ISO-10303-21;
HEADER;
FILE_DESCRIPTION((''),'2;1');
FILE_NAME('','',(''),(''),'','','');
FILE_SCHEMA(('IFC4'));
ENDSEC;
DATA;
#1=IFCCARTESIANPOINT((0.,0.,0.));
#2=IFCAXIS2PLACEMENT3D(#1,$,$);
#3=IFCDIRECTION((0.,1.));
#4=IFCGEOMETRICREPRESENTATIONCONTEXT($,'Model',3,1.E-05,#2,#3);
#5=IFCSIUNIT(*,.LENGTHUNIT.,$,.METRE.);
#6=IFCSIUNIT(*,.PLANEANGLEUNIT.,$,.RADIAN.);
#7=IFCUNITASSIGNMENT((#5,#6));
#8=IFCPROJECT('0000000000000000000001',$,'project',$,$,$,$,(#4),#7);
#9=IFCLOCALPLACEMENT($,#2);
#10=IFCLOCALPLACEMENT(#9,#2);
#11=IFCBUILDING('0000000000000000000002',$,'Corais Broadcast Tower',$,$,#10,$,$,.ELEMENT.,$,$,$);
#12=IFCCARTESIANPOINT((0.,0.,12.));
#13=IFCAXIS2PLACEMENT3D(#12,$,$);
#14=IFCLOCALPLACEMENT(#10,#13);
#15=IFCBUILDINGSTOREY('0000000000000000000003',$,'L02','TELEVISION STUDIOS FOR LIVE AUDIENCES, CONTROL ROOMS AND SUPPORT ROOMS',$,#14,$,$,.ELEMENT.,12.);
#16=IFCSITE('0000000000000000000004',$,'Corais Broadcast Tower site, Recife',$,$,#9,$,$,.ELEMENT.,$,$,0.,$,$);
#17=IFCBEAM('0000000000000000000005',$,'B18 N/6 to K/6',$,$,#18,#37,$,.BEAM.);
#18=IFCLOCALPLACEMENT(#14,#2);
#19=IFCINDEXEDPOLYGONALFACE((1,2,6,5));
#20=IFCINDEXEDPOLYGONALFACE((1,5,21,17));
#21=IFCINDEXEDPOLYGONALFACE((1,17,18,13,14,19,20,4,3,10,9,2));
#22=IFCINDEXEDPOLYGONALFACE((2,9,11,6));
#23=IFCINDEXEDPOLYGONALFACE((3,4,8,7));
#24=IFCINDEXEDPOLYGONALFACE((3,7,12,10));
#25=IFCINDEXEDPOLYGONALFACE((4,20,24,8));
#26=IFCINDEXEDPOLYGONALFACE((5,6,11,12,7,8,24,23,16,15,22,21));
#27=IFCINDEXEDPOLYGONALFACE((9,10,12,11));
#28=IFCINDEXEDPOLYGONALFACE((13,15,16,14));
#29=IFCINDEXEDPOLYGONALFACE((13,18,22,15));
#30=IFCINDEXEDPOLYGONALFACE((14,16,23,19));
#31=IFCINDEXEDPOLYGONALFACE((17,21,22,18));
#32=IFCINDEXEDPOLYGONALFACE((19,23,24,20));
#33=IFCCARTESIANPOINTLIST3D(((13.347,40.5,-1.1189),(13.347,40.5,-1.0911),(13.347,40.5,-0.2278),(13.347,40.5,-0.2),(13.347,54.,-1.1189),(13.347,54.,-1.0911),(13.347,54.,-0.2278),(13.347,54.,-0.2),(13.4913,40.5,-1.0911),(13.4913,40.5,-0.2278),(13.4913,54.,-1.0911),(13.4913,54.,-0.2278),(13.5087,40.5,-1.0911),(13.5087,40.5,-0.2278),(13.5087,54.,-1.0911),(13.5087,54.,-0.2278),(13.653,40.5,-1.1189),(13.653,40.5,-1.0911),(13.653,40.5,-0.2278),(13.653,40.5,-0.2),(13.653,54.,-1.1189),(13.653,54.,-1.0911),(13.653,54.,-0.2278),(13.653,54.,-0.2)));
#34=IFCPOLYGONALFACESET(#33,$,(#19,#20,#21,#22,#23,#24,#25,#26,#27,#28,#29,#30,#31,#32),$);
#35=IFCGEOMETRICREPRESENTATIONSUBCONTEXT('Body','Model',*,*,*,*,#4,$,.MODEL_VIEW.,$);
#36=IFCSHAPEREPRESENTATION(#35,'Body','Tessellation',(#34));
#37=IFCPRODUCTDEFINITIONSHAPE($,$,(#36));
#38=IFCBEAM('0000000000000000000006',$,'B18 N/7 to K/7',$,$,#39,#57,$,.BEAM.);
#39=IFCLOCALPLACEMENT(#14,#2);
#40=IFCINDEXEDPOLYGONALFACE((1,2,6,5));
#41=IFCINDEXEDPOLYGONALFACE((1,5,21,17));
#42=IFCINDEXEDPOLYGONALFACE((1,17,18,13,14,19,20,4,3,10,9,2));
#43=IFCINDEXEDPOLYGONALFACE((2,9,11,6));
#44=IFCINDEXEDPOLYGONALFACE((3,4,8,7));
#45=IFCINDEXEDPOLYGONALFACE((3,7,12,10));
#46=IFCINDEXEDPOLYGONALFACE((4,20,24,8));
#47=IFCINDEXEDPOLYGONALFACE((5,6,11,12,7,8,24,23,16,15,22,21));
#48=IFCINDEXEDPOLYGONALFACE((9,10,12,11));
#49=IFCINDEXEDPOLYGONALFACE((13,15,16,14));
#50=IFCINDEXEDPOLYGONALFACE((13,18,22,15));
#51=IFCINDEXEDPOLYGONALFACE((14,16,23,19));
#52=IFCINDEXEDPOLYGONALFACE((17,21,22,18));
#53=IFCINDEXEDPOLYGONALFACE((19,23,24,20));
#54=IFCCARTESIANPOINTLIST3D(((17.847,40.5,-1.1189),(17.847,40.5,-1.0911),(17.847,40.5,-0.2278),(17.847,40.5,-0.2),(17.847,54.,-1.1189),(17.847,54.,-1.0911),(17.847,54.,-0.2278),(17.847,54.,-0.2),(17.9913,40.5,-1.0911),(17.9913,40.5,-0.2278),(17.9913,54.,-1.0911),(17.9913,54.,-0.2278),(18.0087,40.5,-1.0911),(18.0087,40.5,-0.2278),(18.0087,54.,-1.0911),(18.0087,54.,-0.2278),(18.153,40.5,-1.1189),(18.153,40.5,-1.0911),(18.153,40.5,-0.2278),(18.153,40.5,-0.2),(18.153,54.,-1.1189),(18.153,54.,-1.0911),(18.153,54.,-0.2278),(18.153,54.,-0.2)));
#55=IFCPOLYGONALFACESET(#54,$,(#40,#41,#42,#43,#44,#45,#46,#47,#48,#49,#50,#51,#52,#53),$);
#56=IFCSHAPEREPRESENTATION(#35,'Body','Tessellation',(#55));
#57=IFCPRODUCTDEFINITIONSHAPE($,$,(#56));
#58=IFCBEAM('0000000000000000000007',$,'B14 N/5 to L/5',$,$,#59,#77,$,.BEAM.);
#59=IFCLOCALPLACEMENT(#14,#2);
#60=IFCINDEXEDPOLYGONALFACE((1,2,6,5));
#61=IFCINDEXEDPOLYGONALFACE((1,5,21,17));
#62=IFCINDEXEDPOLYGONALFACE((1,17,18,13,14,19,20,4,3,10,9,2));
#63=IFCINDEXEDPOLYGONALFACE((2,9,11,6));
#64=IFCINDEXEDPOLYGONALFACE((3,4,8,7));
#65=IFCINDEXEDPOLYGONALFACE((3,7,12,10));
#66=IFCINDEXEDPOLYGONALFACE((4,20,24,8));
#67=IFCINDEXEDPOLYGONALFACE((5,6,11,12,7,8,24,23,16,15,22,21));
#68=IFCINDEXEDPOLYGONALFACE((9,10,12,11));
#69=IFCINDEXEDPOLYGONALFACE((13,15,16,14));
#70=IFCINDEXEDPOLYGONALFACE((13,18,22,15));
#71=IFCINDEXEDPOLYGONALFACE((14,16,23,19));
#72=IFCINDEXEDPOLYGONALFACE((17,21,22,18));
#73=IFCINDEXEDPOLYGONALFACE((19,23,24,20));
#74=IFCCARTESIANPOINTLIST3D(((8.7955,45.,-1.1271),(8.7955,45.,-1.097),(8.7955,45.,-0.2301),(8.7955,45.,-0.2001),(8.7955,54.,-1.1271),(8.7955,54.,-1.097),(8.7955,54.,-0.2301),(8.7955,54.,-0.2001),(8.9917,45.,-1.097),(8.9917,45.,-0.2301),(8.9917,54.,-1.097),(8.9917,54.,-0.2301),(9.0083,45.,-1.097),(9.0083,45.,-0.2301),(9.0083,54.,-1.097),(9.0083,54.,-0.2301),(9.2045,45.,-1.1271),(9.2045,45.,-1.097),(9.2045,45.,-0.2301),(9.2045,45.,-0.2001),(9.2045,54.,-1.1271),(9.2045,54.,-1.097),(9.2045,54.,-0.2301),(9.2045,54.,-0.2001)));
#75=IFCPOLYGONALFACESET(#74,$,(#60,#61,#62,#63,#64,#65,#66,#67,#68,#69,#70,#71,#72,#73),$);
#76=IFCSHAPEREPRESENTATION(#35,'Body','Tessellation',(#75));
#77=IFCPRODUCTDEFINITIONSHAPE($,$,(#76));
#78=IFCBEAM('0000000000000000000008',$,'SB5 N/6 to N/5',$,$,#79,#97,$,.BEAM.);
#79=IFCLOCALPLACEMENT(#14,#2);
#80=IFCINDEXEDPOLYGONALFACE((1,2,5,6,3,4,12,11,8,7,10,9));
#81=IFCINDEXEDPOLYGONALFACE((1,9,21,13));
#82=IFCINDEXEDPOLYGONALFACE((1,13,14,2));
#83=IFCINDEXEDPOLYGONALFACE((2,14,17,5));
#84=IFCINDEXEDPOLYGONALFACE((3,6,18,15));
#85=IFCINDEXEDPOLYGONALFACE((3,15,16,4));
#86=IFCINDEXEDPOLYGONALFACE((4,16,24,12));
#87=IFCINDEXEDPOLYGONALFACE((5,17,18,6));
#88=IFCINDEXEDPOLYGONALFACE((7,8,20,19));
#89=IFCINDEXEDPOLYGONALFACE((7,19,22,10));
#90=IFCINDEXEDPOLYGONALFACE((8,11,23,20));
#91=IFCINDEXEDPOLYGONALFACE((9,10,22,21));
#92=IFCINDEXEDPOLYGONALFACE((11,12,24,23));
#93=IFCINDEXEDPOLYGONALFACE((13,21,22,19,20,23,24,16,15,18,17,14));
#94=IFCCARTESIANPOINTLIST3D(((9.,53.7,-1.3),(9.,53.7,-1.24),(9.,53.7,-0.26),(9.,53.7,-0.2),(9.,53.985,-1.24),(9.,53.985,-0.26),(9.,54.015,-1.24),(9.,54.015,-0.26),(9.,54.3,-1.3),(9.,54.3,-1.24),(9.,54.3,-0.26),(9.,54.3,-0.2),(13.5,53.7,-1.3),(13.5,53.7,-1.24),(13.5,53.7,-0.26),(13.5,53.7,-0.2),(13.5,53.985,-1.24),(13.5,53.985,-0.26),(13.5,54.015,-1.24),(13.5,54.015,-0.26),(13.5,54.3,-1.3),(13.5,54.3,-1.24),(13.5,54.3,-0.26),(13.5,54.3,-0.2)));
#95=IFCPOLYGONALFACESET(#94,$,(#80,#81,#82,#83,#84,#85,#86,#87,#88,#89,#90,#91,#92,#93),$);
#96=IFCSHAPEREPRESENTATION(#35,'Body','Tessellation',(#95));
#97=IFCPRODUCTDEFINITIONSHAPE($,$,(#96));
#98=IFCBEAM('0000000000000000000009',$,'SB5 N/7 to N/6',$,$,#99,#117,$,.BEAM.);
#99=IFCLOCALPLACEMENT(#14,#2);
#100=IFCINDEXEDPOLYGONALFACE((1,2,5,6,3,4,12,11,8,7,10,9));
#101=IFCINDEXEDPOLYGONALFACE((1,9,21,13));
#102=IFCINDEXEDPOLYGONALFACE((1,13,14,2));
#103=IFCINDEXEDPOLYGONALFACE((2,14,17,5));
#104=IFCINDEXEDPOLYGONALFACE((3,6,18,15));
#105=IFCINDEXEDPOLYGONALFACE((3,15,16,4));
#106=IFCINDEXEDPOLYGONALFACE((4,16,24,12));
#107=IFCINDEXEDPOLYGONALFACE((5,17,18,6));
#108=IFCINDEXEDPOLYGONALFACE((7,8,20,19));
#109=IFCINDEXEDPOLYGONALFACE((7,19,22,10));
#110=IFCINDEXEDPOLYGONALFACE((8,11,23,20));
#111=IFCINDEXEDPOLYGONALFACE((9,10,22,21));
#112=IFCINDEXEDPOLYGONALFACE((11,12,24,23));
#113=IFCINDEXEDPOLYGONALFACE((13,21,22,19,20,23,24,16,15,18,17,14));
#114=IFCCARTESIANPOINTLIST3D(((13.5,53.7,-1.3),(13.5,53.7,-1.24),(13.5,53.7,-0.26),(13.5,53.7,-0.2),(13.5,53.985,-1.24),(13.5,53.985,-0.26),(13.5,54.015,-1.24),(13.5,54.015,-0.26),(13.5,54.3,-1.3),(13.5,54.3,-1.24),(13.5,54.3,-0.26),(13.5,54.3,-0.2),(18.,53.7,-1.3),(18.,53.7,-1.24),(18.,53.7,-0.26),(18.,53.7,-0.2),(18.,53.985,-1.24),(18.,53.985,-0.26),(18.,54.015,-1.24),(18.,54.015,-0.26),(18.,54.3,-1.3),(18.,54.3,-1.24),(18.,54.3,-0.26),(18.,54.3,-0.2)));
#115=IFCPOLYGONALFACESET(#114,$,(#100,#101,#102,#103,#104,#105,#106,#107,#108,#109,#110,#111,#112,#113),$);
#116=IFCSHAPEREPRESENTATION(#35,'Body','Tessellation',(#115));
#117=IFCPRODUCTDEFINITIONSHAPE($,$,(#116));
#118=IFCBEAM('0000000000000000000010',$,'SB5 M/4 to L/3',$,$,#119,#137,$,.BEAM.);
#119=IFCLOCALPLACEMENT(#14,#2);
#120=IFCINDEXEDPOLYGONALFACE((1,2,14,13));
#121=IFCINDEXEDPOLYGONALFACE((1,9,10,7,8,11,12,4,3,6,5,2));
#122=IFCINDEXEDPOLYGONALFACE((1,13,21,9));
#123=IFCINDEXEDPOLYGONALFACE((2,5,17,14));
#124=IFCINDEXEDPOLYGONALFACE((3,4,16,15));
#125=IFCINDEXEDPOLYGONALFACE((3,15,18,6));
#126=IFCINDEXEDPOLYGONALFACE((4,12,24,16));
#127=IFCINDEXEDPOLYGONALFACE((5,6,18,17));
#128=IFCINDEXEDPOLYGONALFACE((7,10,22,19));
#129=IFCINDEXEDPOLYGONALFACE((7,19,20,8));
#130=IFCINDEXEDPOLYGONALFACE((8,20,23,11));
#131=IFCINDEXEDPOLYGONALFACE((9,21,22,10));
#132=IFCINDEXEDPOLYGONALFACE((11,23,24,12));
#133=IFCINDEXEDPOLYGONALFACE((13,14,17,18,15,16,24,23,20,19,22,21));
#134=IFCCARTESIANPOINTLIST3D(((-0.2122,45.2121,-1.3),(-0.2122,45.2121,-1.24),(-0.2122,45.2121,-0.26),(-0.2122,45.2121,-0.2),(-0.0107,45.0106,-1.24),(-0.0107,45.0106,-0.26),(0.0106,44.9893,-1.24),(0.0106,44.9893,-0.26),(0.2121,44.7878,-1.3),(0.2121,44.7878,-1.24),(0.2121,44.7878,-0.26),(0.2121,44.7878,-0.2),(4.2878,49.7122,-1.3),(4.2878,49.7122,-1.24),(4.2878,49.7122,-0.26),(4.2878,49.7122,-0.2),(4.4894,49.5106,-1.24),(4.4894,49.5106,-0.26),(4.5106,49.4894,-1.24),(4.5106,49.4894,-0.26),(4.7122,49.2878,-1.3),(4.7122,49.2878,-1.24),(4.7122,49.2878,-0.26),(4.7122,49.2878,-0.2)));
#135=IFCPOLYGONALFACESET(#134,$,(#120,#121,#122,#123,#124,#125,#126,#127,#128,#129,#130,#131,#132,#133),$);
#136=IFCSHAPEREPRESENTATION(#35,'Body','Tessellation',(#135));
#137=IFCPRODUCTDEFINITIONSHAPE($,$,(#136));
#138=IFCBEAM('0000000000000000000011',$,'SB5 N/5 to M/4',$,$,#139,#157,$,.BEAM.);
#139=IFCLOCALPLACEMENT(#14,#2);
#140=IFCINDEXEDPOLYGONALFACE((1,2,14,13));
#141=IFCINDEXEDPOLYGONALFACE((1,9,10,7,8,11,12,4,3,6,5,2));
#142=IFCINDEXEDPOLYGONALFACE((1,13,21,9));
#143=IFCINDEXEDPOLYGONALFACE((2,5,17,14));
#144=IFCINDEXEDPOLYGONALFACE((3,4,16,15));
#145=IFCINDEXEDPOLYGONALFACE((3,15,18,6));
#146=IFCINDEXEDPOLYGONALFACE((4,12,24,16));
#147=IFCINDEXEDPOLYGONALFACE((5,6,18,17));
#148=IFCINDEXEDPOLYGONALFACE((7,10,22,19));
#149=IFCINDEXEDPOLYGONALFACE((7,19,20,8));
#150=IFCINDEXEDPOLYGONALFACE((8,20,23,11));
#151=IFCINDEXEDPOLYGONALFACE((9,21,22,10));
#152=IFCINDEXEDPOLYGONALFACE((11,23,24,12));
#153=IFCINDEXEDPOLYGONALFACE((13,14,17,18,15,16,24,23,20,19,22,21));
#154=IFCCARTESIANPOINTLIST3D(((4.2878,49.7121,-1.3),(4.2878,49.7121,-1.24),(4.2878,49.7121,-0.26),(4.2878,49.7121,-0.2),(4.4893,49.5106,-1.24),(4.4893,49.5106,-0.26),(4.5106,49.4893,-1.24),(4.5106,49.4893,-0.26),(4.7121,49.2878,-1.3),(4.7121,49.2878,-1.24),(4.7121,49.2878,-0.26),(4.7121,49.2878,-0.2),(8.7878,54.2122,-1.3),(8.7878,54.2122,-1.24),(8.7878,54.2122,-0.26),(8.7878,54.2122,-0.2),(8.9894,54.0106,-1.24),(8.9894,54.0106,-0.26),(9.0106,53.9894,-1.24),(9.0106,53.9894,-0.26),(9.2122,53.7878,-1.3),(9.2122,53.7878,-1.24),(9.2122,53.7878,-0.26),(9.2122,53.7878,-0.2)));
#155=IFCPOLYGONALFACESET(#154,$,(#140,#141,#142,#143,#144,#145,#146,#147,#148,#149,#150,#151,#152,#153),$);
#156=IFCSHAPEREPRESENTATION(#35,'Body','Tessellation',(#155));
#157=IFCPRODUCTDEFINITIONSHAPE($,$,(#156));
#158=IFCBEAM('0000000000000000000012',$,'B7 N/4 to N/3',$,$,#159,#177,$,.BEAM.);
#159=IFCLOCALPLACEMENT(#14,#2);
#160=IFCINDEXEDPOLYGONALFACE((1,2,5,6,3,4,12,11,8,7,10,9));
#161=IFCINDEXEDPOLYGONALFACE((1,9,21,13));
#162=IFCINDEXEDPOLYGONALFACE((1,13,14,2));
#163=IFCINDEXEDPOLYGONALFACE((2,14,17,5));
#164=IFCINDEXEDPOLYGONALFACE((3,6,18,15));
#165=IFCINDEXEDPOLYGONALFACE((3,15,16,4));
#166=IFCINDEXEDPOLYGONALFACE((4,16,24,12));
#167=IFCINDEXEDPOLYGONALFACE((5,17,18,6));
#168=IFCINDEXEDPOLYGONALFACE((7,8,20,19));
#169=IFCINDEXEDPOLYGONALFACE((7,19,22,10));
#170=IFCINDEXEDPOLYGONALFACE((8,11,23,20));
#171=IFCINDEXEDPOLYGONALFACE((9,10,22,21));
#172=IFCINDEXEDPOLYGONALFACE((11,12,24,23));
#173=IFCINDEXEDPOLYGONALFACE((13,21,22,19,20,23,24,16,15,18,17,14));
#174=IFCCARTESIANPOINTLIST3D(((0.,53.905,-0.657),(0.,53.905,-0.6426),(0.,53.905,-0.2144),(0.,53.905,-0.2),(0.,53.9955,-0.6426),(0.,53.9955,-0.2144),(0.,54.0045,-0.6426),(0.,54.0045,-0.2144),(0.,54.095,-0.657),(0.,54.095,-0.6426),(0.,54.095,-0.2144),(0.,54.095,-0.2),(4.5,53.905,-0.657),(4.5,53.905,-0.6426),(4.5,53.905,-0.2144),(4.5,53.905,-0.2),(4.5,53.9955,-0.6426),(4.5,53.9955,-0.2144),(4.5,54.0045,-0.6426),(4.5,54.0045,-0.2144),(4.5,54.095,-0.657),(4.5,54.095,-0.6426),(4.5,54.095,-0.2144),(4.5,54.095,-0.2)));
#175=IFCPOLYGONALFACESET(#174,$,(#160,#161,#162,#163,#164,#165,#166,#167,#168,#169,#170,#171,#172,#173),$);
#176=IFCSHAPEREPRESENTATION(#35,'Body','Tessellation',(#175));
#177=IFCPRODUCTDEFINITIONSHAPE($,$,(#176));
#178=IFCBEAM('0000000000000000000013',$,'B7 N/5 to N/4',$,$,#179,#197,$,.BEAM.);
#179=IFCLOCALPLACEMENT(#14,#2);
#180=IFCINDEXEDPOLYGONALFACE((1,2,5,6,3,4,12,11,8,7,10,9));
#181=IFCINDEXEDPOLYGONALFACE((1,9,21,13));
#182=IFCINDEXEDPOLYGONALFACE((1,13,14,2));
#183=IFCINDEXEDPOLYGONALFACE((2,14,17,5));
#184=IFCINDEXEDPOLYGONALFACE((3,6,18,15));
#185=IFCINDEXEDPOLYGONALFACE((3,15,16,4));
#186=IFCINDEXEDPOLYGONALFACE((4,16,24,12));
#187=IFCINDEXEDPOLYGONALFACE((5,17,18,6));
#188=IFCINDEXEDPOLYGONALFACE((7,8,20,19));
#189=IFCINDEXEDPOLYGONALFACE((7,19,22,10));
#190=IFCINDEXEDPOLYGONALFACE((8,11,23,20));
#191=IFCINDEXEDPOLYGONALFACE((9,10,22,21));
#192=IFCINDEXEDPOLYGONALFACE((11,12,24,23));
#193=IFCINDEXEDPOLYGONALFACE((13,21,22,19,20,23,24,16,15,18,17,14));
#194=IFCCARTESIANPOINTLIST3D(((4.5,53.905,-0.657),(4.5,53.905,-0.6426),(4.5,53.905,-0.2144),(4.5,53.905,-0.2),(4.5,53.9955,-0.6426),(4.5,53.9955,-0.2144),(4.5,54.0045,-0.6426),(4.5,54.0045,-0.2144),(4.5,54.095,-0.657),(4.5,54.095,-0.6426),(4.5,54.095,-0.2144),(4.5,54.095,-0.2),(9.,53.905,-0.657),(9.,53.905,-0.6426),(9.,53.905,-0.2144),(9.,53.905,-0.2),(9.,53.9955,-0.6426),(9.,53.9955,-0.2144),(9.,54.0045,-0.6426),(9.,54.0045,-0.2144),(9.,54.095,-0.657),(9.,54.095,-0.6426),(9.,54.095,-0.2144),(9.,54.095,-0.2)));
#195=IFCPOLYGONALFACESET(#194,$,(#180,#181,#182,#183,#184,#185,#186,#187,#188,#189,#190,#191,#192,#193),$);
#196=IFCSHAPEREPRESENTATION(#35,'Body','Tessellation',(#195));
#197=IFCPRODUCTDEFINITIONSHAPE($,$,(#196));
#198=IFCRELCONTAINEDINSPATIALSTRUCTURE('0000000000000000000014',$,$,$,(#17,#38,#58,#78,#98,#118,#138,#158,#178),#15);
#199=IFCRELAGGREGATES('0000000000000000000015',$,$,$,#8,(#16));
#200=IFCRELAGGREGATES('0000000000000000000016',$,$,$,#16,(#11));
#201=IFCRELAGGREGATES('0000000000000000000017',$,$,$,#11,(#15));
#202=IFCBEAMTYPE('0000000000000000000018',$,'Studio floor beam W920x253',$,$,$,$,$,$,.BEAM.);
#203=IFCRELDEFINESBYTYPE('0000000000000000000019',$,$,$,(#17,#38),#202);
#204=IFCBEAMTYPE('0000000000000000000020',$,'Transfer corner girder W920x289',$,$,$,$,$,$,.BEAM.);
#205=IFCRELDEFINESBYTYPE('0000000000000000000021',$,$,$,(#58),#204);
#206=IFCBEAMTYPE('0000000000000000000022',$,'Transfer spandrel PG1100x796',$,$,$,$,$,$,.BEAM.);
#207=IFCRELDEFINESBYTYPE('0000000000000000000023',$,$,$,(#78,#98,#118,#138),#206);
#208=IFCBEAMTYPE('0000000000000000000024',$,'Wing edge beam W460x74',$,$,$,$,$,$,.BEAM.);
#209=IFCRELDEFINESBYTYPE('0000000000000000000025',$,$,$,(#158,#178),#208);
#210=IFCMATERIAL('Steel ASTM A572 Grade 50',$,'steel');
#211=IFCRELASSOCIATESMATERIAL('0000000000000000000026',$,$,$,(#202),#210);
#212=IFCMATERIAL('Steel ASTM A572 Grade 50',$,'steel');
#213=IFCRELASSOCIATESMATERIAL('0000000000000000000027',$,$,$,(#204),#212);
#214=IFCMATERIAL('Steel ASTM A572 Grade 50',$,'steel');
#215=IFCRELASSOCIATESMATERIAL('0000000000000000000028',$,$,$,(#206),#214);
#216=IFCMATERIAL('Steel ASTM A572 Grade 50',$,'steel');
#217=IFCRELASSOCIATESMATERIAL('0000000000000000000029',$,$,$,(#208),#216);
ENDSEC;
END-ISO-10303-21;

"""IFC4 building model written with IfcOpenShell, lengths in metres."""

from ifc_helpers import new_model, si_unit, direction, frame, origin, origin_2d, place, context, subcontext, project, spatial, i_section, extrude, material, material_profile, profile_set, type_object, element, save


model = new_model("IFC4")

# Units and contexts
model_context = context("Model", 3, precision=1e-05, world=origin(), true_north=direction((0.0, 1.0)))
body_context = subcontext(model_context, "Body", "Model", "MODEL_VIEW")
ifc_project = project(units=[si_unit("LENGTHUNIT", "METRE"), si_unit("PLANEANGLEUNIT", "RADIAN")], contexts=[model_context])

# Site, building, storey
site_placement = place(None, origin())
site = spatial("IfcSite", under=ifc_project, at=site_placement, Name="Corais Broadcast Tower site, Recife", CompositionType="ELEMENT", RefElevation=0.0)
building_placement = place(site_placement, origin())
building = spatial("IfcBuilding", under=site, at=building_placement, Name="Corais Broadcast Tower", CompositionType="ELEMENT")
storey_placement = place(building_placement, frame((0.0, 0.0, 12.0)))
storey = spatial("IfcBuildingStorey", under=building, at=storey_placement, Name="L02", Description="TELEVISION STUDIOS FOR LIVE AUDIENCES, CONTROL ROOMS AND SUPPORT ROOMS", CompositionType="ELEMENT", Elevation=12.0)

# Beams
ifc_material_1 = material(Name="Steel ASTM A572 Grade 50", Category="steel")
ifc_material_profile_1 = material_profile(ifc_material_1, i_section(OverallWidth=0.3059, OverallDepth=0.9189, WebThickness=0.0173, FlangeThickness=0.0278, at=origin_2d()), Name="W920x253")
ifc_profile_set_1 = profile_set([ifc_material_profile_1], Name="Steel ASTM A572 Grade 50")
beam_type_1 = type_object("IfcBeamType", Name="Studio floor beam W920x253", PredefinedType="BEAM", material=ifc_profile_set_1)
for number, where, z_axis, x_axis, name in (
    (1, (13.5, 54.0, -0.6594), (0.0, -1.0, 0.0), (1.0, 0.0, 0.0), "B18 N/6 to K/6"),
    (2, (18.0, 54.0, -0.6594), (0.0, -1.0, 0.0), (1.0, 0.0, 0.0), "B18 N/7 to K/7"),
):
    element("IfcBeam", number, at=place(storey_placement, frame(where, z_axis=z_axis, x_axis=x_axis)), inside=storey, type_object=beam_type_1, Name=name, PredefinedType="BEAM", context=body_context, shape_type="SweptSolid", body=[
        extrude(i_section(OverallWidth=0.3059, OverallDepth=0.9189, WebThickness=0.0173, FlangeThickness=0.0278, at=origin_2d()), origin(), (0.0, 0.0, 1.0), 13.5),
    ])
ifc_material_2 = material(Name="Steel ASTM A572 Grade 50", Category="steel")
ifc_material_profile_2 = material_profile(ifc_material_2, i_section(OverallWidth=0.4089, OverallDepth=0.927, WebThickness=0.0166, FlangeThickness=0.03, at=origin_2d()), Name="W920x289")
ifc_profile_set_2 = profile_set([ifc_material_profile_2], Name="Steel ASTM A572 Grade 50")
beam_type_2 = type_object("IfcBeamType", Name="Transfer corner girder W920x289", PredefinedType="BEAM", material=ifc_profile_set_2)
beam_1_placement = place(storey_placement, frame((9.0, 54.0, -0.6636), z_axis=(0.0, -1.0, 0.0), x_axis=(1.0, 0.0, 0.0)))
element("IfcBeam", 3, at=beam_1_placement, inside=storey, type_object=beam_type_2, Name="B14 N/5 to L/5", PredefinedType="BEAM", context=body_context, shape_type="SweptSolid", body=[
    extrude(i_section(OverallWidth=0.4089, OverallDepth=0.927, WebThickness=0.0166, FlangeThickness=0.03, at=origin_2d()), origin(), (0.0, 0.0, 1.0), 9.0),
])
ifc_material_3 = material(Name="Steel ASTM A572 Grade 50", Category="steel")
ifc_material_profile_3 = material_profile(ifc_material_3, i_section(OverallWidth=0.6001, OverallDepth=1.1001, WebThickness=0.03, FlangeThickness=0.0601, at=origin_2d()), Name="PG1100x796")
ifc_profile_set_3 = profile_set([ifc_material_profile_3], Name="Steel ASTM A572 Grade 50")
beam_type_3 = type_object("IfcBeamType", Name="Transfer spandrel PG1100x796", PredefinedType="BEAM", material=ifc_profile_set_3)
for number, where, z_axis, x_axis, name in (
    (4, (13.5, 54.0, -0.75), (-1.0, 0.0, 0.0), (0.0, -1.0, 0.0), "SB5 N/6 to N/5"),
    (5, (18.0, 54.0, -0.75), (-1.0, 0.0, 0.0), (0.0, -1.0, 0.0), "SB5 N/7 to N/6"),
):
    element("IfcBeam", number, at=place(storey_placement, frame(where, z_axis=z_axis, x_axis=x_axis)), inside=storey, type_object=beam_type_3, Name=name, PredefinedType="BEAM", context=body_context, shape_type="SweptSolid", body=[
        extrude(i_section(OverallWidth=0.6001, OverallDepth=1.1001, WebThickness=0.03, FlangeThickness=0.0601, at=origin_2d()), origin(), (0.0, 0.0, 1.0), 4.5),
    ])
for number, where, z_axis, x_axis, name in (
    (6, (4.5, 49.5, -0.75), (-0.707107, -0.707107, 0.0), (0.707107, -0.707107, 0.0), "SB5 M/4 to L/3"),
    (7, (9.0, 54.0, -0.75), (-0.707107, -0.707107, 0.0), (0.707107, -0.707107, 0.0), "SB5 N/5 to M/4"),
):
    element("IfcBeam", number, at=place(storey_placement, frame(where, z_axis=z_axis, x_axis=x_axis)), inside=storey, type_object=beam_type_3, Name=name, PredefinedType="BEAM", context=body_context, shape_type="SweptSolid", body=[
        extrude(i_section(OverallWidth=0.6001, OverallDepth=1.1001, WebThickness=0.03, FlangeThickness=0.0601, at=origin_2d()), origin(), (0.0, 0.0, 1.0), 6.364),
    ])
ifc_material_4 = material(Name="Steel ASTM A572 Grade 50", Category="steel")
ifc_material_profile_4 = material_profile(ifc_material_4, i_section(OverallWidth=0.1899, OverallDepth=0.457, WebThickness=0.009, FlangeThickness=0.0144, at=origin_2d()), Name="W460x74")
ifc_profile_set_4 = profile_set([ifc_material_profile_4], Name="Steel ASTM A572 Grade 50")
beam_type_4 = type_object("IfcBeamType", Name="Wing edge beam W460x74", PredefinedType="BEAM", material=ifc_profile_set_4)
for number, where, z_axis, x_axis, name in (
    (8, (4.5, 54.0, -0.4285), (-1.0, 0.0, 0.0), (0.0, -1.0, 0.0), "B7 N/4 to N/3"),
    (9, (9.0, 54.0, -0.4285), (-1.0, 0.0, 0.0), (0.0, -1.0, 0.0), "B7 N/5 to N/4"),
):
    element("IfcBeam", number, at=place(storey_placement, frame(where, z_axis=z_axis, x_axis=x_axis)), inside=storey, type_object=beam_type_4, Name=name, PredefinedType="BEAM", context=body_context, shape_type="SweptSolid", body=[
        extrude(i_section(OverallWidth=0.1899, OverallDepth=0.457, WebThickness=0.009, FlangeThickness=0.0144, at=origin_2d()), origin(), (0.0, 0.0, 1.0), 4.5),
    ])

save(model, "model.ifc")
